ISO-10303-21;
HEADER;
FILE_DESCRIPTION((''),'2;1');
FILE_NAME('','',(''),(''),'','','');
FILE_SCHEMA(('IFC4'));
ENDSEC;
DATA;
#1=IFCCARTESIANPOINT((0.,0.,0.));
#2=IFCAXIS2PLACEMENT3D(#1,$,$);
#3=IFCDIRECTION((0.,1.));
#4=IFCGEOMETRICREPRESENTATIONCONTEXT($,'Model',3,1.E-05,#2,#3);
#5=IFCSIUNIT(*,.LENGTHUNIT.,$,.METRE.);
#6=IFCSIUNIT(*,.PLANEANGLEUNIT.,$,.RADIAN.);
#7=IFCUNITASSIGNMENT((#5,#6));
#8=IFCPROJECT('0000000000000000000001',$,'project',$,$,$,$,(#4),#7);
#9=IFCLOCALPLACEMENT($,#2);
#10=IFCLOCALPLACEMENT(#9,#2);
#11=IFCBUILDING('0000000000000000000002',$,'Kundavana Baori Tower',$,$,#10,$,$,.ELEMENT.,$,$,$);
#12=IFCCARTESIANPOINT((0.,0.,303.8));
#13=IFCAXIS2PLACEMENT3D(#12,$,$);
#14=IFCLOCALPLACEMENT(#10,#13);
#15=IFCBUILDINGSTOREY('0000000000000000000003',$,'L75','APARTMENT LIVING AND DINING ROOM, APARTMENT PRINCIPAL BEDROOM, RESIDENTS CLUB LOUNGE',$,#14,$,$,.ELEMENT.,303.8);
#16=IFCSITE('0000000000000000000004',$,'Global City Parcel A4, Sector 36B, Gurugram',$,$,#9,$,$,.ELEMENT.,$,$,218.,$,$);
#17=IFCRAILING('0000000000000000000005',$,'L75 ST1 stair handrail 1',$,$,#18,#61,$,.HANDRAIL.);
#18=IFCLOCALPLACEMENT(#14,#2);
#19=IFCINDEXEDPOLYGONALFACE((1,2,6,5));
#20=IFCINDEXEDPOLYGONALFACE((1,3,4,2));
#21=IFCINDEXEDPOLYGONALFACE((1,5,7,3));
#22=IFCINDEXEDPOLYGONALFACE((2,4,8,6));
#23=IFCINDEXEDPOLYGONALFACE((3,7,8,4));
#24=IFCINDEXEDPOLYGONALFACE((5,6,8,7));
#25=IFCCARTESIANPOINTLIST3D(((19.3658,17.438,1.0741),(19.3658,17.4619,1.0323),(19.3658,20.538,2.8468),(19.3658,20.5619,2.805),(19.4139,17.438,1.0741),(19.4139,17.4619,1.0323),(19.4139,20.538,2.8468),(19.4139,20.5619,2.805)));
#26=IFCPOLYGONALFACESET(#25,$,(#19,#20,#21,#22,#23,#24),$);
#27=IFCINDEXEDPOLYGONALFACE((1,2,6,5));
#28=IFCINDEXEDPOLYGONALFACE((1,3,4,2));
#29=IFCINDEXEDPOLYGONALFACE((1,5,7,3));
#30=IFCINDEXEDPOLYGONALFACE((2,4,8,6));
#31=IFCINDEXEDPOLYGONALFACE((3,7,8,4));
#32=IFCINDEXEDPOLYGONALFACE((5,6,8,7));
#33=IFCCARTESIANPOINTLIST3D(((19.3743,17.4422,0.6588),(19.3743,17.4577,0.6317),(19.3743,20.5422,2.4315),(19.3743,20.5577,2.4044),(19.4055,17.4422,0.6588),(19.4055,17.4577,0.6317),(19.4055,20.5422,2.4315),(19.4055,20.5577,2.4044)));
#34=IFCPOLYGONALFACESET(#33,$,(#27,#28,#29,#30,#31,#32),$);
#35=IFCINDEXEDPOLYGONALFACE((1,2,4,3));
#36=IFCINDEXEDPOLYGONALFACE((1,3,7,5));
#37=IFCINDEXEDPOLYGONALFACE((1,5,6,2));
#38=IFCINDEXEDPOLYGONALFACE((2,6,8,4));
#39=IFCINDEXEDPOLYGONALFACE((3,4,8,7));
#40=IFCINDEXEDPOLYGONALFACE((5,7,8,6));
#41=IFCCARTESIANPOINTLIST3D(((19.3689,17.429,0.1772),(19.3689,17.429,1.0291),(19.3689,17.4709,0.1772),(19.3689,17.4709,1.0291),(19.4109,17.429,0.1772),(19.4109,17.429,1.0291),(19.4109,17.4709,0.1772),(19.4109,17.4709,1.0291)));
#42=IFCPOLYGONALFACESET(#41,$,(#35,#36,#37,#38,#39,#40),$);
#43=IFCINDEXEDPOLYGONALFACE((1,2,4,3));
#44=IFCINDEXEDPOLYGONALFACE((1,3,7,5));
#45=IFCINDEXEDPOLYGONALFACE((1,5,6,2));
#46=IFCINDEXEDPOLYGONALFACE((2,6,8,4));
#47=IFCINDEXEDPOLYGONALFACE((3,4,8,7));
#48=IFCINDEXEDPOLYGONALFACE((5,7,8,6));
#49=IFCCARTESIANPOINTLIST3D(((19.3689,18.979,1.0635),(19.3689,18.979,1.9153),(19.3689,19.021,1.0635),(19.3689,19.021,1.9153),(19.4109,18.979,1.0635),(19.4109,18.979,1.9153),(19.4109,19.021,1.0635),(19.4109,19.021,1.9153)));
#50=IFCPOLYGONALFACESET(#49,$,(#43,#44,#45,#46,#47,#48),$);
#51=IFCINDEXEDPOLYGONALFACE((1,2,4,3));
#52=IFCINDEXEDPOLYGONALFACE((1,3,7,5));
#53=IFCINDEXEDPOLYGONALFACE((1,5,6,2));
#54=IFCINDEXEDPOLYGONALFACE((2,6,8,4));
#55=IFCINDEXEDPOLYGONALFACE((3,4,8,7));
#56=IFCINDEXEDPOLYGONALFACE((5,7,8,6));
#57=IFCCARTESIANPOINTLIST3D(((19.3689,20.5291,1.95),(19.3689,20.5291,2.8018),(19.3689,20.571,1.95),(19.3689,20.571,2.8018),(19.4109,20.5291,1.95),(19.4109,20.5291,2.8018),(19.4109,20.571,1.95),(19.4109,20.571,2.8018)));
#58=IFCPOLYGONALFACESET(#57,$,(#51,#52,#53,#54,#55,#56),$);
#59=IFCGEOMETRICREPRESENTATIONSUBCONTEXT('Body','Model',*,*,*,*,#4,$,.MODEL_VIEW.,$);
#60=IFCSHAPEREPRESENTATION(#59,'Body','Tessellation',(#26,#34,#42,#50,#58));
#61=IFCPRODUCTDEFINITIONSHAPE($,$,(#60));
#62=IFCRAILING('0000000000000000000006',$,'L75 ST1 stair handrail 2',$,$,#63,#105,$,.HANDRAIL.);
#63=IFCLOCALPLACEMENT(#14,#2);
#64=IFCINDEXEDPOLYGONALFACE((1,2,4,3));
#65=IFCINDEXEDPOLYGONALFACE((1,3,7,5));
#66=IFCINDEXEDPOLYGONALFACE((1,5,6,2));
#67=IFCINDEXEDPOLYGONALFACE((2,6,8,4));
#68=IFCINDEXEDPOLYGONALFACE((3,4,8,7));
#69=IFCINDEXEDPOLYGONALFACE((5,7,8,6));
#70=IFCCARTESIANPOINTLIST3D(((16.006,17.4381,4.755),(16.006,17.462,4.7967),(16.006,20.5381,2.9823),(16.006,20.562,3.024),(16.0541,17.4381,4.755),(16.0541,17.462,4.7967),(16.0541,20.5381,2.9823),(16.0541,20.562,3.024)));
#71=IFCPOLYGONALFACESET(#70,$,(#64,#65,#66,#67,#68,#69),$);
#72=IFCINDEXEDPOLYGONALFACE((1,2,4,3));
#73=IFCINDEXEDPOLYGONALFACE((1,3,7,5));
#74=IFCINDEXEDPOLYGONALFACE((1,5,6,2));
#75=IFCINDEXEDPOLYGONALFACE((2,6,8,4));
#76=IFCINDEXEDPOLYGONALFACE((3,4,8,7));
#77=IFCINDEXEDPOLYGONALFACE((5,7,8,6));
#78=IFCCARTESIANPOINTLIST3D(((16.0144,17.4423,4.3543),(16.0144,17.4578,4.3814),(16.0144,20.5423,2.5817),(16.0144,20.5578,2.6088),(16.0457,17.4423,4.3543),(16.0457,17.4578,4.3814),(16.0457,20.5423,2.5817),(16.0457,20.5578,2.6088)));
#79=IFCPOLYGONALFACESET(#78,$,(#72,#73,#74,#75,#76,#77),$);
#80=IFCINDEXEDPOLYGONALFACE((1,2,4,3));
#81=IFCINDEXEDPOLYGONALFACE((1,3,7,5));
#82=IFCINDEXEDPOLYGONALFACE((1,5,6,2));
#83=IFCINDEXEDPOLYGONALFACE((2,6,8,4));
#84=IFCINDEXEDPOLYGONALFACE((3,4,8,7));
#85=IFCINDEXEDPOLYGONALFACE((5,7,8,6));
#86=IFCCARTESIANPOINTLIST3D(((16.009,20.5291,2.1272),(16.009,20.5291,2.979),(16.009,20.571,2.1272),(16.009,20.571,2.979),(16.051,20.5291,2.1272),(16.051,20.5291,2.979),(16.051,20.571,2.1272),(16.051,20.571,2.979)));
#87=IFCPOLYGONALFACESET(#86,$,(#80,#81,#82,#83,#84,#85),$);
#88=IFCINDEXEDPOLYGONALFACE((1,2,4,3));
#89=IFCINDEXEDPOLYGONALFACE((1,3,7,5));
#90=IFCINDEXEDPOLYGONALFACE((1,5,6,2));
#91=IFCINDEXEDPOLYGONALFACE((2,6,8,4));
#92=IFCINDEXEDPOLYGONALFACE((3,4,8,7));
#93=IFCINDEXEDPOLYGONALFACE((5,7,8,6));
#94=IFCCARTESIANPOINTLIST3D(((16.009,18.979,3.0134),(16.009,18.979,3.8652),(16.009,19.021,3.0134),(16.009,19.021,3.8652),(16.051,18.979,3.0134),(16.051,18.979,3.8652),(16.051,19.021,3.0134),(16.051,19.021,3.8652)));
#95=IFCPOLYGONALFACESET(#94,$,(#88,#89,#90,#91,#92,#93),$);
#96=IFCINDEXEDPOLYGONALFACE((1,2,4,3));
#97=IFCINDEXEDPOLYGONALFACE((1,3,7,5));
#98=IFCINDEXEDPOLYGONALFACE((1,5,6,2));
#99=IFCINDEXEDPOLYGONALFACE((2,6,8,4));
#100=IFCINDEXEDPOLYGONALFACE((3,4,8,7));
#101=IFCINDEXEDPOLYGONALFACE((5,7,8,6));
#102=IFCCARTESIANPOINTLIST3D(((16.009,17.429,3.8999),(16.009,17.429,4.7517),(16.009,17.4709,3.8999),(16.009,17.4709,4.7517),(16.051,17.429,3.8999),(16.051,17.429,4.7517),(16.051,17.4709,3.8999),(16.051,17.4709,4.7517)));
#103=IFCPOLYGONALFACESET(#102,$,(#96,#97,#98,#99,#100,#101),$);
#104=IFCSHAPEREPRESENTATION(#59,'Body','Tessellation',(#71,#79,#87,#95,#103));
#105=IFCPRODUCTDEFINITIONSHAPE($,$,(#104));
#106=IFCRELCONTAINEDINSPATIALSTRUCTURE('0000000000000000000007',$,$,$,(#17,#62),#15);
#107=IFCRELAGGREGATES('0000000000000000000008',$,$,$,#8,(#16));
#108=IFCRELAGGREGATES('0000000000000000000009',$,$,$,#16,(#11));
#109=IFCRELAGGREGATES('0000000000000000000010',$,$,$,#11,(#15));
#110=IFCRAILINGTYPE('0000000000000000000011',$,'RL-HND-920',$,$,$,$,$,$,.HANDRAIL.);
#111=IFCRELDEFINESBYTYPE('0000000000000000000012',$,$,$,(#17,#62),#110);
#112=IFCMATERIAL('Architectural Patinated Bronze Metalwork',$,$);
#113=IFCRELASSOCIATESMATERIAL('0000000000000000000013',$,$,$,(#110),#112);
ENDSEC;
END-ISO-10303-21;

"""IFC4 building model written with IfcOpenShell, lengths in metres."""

from ifc_helpers import new_model, si_unit, direction, frame, origin, origin_2d, place, context, subcontext, project, spatial, rectangle, extrude, material, type_object, element, save


model = new_model("IFC4")

# Units and contexts
model_context = context("Model", 3, precision=1e-05, world=origin(), true_north=direction((0.0, 1.0)))
body_context = subcontext(model_context, "Body", "Model", "MODEL_VIEW")
ifc_project = project(units=[si_unit("LENGTHUNIT", "METRE"), si_unit("PLANEANGLEUNIT", "RADIAN")], contexts=[model_context])

# Site, building, storey
site_placement = place(None, origin())
site = spatial("IfcSite", under=ifc_project, at=site_placement, Name="Global City Parcel A4, Sector 36B, Gurugram", CompositionType="ELEMENT", RefElevation=218.0)
building_placement = place(site_placement, origin())
building = spatial("IfcBuilding", under=site, at=building_placement, Name="Kundavana Baori Tower", CompositionType="ELEMENT")
storey_placement = place(building_placement, frame((0.0, 0.0, 303.8)))
storey = spatial("IfcBuildingStorey", under=building, at=storey_placement, Name="L75", Description="APARTMENT LIVING AND DINING ROOM, APARTMENT PRINCIPAL BEDROOM, RESIDENTS CLUB LOUNGE", CompositionType="ELEMENT", Elevation=303.8)

# Railings
ifc_material_1 = material(Name="Architectural Patinated Bronze Metalwork")
railing_type_1 = type_object("IfcRailingType", Name="RL-HND-920", PredefinedType="HANDRAIL", material=ifc_material_1)
railing_1_placement = place(storey_placement, frame((19.3899, 17.45, 0.1772)))
element("IfcRailing", 1, at=railing_1_placement, inside=storey, type_object=railing_type_1, Name="L75 ST1 stair handrail 1", PredefinedType="HANDRAIL", context=body_context, shape_type="SweptSolid", body=[
    extrude(rectangle(XDim=0.0481, YDim=0.0481, at=origin_2d()), frame((0.0, 0.0, 0.876), z_axis=(0.0, 0.868096, 0.496397), x_axis=(-1.0, 0.0, 0.0)), (0.0, 0.0, 1.0), 3.571),
    extrude(rectangle(XDim=0.0312, YDim=0.0312, at=origin_2d()), frame((0.0, 0.0, 0.468), z_axis=(0.0, 0.868096, 0.496397), x_axis=(-1.0, 0.0, 0.0)), (0.0, 0.0, 1.0), 3.571),
    extrude(rectangle(XDim=0.042, YDim=0.042, at=origin_2d()), origin(), (0.0, 0.0, 1.0), 0.8518),
    extrude(rectangle(XDim=0.042, YDim=0.042, at=origin_2d()), frame((0.0, 1.55, 0.8862)), (0.0, 0.0, 1.0), 0.8518),
    extrude(rectangle(XDim=0.042, YDim=0.042, at=origin_2d()), frame((0.0, 3.1001, 1.7727)), (0.0, 0.0, 1.0), 0.8518),
])
railing_2_placement = place(storey_placement, frame((16.03, 20.55, 2.1272)))
element("IfcRailing", 2, at=railing_2_placement, inside=storey, type_object=railing_type_1, Name="L75 ST1 stair handrail 2", PredefinedType="HANDRAIL", context=body_context, shape_type="SweptSolid", body=[
    extrude(rectangle(XDim=0.0481, YDim=0.0481, at=origin_2d()), frame((0.0, 0.0, 0.876), z_axis=(0.0, -0.868096, 0.496397), x_axis=(1.0, 0.0, 0.0)), (0.0, 0.0, 1.0), 3.571),
    extrude(rectangle(XDim=0.0312, YDim=0.0312, at=origin_2d()), frame((0.0, 0.0, 0.468), z_axis=(0.0, -0.868096, 0.496397), x_axis=(1.0, 0.0, 0.0)), (0.0, 0.0, 1.0), 3.571),
    extrude(rectangle(XDim=0.042, YDim=0.042, at=origin_2d()), origin(), (0.0, 0.0, 1.0), 0.8518),
    extrude(rectangle(XDim=0.042, YDim=0.042, at=origin_2d()), frame((0.0, -1.55, 0.8862)), (0.0, 0.0, 1.0), 0.8518),
    extrude(rectangle(XDim=0.042, YDim=0.042, at=origin_2d()), frame((0.0, -3.1001, 1.7727)), (0.0, 0.0, 1.0), 0.8518),
])

save(model, "model.ifc")
